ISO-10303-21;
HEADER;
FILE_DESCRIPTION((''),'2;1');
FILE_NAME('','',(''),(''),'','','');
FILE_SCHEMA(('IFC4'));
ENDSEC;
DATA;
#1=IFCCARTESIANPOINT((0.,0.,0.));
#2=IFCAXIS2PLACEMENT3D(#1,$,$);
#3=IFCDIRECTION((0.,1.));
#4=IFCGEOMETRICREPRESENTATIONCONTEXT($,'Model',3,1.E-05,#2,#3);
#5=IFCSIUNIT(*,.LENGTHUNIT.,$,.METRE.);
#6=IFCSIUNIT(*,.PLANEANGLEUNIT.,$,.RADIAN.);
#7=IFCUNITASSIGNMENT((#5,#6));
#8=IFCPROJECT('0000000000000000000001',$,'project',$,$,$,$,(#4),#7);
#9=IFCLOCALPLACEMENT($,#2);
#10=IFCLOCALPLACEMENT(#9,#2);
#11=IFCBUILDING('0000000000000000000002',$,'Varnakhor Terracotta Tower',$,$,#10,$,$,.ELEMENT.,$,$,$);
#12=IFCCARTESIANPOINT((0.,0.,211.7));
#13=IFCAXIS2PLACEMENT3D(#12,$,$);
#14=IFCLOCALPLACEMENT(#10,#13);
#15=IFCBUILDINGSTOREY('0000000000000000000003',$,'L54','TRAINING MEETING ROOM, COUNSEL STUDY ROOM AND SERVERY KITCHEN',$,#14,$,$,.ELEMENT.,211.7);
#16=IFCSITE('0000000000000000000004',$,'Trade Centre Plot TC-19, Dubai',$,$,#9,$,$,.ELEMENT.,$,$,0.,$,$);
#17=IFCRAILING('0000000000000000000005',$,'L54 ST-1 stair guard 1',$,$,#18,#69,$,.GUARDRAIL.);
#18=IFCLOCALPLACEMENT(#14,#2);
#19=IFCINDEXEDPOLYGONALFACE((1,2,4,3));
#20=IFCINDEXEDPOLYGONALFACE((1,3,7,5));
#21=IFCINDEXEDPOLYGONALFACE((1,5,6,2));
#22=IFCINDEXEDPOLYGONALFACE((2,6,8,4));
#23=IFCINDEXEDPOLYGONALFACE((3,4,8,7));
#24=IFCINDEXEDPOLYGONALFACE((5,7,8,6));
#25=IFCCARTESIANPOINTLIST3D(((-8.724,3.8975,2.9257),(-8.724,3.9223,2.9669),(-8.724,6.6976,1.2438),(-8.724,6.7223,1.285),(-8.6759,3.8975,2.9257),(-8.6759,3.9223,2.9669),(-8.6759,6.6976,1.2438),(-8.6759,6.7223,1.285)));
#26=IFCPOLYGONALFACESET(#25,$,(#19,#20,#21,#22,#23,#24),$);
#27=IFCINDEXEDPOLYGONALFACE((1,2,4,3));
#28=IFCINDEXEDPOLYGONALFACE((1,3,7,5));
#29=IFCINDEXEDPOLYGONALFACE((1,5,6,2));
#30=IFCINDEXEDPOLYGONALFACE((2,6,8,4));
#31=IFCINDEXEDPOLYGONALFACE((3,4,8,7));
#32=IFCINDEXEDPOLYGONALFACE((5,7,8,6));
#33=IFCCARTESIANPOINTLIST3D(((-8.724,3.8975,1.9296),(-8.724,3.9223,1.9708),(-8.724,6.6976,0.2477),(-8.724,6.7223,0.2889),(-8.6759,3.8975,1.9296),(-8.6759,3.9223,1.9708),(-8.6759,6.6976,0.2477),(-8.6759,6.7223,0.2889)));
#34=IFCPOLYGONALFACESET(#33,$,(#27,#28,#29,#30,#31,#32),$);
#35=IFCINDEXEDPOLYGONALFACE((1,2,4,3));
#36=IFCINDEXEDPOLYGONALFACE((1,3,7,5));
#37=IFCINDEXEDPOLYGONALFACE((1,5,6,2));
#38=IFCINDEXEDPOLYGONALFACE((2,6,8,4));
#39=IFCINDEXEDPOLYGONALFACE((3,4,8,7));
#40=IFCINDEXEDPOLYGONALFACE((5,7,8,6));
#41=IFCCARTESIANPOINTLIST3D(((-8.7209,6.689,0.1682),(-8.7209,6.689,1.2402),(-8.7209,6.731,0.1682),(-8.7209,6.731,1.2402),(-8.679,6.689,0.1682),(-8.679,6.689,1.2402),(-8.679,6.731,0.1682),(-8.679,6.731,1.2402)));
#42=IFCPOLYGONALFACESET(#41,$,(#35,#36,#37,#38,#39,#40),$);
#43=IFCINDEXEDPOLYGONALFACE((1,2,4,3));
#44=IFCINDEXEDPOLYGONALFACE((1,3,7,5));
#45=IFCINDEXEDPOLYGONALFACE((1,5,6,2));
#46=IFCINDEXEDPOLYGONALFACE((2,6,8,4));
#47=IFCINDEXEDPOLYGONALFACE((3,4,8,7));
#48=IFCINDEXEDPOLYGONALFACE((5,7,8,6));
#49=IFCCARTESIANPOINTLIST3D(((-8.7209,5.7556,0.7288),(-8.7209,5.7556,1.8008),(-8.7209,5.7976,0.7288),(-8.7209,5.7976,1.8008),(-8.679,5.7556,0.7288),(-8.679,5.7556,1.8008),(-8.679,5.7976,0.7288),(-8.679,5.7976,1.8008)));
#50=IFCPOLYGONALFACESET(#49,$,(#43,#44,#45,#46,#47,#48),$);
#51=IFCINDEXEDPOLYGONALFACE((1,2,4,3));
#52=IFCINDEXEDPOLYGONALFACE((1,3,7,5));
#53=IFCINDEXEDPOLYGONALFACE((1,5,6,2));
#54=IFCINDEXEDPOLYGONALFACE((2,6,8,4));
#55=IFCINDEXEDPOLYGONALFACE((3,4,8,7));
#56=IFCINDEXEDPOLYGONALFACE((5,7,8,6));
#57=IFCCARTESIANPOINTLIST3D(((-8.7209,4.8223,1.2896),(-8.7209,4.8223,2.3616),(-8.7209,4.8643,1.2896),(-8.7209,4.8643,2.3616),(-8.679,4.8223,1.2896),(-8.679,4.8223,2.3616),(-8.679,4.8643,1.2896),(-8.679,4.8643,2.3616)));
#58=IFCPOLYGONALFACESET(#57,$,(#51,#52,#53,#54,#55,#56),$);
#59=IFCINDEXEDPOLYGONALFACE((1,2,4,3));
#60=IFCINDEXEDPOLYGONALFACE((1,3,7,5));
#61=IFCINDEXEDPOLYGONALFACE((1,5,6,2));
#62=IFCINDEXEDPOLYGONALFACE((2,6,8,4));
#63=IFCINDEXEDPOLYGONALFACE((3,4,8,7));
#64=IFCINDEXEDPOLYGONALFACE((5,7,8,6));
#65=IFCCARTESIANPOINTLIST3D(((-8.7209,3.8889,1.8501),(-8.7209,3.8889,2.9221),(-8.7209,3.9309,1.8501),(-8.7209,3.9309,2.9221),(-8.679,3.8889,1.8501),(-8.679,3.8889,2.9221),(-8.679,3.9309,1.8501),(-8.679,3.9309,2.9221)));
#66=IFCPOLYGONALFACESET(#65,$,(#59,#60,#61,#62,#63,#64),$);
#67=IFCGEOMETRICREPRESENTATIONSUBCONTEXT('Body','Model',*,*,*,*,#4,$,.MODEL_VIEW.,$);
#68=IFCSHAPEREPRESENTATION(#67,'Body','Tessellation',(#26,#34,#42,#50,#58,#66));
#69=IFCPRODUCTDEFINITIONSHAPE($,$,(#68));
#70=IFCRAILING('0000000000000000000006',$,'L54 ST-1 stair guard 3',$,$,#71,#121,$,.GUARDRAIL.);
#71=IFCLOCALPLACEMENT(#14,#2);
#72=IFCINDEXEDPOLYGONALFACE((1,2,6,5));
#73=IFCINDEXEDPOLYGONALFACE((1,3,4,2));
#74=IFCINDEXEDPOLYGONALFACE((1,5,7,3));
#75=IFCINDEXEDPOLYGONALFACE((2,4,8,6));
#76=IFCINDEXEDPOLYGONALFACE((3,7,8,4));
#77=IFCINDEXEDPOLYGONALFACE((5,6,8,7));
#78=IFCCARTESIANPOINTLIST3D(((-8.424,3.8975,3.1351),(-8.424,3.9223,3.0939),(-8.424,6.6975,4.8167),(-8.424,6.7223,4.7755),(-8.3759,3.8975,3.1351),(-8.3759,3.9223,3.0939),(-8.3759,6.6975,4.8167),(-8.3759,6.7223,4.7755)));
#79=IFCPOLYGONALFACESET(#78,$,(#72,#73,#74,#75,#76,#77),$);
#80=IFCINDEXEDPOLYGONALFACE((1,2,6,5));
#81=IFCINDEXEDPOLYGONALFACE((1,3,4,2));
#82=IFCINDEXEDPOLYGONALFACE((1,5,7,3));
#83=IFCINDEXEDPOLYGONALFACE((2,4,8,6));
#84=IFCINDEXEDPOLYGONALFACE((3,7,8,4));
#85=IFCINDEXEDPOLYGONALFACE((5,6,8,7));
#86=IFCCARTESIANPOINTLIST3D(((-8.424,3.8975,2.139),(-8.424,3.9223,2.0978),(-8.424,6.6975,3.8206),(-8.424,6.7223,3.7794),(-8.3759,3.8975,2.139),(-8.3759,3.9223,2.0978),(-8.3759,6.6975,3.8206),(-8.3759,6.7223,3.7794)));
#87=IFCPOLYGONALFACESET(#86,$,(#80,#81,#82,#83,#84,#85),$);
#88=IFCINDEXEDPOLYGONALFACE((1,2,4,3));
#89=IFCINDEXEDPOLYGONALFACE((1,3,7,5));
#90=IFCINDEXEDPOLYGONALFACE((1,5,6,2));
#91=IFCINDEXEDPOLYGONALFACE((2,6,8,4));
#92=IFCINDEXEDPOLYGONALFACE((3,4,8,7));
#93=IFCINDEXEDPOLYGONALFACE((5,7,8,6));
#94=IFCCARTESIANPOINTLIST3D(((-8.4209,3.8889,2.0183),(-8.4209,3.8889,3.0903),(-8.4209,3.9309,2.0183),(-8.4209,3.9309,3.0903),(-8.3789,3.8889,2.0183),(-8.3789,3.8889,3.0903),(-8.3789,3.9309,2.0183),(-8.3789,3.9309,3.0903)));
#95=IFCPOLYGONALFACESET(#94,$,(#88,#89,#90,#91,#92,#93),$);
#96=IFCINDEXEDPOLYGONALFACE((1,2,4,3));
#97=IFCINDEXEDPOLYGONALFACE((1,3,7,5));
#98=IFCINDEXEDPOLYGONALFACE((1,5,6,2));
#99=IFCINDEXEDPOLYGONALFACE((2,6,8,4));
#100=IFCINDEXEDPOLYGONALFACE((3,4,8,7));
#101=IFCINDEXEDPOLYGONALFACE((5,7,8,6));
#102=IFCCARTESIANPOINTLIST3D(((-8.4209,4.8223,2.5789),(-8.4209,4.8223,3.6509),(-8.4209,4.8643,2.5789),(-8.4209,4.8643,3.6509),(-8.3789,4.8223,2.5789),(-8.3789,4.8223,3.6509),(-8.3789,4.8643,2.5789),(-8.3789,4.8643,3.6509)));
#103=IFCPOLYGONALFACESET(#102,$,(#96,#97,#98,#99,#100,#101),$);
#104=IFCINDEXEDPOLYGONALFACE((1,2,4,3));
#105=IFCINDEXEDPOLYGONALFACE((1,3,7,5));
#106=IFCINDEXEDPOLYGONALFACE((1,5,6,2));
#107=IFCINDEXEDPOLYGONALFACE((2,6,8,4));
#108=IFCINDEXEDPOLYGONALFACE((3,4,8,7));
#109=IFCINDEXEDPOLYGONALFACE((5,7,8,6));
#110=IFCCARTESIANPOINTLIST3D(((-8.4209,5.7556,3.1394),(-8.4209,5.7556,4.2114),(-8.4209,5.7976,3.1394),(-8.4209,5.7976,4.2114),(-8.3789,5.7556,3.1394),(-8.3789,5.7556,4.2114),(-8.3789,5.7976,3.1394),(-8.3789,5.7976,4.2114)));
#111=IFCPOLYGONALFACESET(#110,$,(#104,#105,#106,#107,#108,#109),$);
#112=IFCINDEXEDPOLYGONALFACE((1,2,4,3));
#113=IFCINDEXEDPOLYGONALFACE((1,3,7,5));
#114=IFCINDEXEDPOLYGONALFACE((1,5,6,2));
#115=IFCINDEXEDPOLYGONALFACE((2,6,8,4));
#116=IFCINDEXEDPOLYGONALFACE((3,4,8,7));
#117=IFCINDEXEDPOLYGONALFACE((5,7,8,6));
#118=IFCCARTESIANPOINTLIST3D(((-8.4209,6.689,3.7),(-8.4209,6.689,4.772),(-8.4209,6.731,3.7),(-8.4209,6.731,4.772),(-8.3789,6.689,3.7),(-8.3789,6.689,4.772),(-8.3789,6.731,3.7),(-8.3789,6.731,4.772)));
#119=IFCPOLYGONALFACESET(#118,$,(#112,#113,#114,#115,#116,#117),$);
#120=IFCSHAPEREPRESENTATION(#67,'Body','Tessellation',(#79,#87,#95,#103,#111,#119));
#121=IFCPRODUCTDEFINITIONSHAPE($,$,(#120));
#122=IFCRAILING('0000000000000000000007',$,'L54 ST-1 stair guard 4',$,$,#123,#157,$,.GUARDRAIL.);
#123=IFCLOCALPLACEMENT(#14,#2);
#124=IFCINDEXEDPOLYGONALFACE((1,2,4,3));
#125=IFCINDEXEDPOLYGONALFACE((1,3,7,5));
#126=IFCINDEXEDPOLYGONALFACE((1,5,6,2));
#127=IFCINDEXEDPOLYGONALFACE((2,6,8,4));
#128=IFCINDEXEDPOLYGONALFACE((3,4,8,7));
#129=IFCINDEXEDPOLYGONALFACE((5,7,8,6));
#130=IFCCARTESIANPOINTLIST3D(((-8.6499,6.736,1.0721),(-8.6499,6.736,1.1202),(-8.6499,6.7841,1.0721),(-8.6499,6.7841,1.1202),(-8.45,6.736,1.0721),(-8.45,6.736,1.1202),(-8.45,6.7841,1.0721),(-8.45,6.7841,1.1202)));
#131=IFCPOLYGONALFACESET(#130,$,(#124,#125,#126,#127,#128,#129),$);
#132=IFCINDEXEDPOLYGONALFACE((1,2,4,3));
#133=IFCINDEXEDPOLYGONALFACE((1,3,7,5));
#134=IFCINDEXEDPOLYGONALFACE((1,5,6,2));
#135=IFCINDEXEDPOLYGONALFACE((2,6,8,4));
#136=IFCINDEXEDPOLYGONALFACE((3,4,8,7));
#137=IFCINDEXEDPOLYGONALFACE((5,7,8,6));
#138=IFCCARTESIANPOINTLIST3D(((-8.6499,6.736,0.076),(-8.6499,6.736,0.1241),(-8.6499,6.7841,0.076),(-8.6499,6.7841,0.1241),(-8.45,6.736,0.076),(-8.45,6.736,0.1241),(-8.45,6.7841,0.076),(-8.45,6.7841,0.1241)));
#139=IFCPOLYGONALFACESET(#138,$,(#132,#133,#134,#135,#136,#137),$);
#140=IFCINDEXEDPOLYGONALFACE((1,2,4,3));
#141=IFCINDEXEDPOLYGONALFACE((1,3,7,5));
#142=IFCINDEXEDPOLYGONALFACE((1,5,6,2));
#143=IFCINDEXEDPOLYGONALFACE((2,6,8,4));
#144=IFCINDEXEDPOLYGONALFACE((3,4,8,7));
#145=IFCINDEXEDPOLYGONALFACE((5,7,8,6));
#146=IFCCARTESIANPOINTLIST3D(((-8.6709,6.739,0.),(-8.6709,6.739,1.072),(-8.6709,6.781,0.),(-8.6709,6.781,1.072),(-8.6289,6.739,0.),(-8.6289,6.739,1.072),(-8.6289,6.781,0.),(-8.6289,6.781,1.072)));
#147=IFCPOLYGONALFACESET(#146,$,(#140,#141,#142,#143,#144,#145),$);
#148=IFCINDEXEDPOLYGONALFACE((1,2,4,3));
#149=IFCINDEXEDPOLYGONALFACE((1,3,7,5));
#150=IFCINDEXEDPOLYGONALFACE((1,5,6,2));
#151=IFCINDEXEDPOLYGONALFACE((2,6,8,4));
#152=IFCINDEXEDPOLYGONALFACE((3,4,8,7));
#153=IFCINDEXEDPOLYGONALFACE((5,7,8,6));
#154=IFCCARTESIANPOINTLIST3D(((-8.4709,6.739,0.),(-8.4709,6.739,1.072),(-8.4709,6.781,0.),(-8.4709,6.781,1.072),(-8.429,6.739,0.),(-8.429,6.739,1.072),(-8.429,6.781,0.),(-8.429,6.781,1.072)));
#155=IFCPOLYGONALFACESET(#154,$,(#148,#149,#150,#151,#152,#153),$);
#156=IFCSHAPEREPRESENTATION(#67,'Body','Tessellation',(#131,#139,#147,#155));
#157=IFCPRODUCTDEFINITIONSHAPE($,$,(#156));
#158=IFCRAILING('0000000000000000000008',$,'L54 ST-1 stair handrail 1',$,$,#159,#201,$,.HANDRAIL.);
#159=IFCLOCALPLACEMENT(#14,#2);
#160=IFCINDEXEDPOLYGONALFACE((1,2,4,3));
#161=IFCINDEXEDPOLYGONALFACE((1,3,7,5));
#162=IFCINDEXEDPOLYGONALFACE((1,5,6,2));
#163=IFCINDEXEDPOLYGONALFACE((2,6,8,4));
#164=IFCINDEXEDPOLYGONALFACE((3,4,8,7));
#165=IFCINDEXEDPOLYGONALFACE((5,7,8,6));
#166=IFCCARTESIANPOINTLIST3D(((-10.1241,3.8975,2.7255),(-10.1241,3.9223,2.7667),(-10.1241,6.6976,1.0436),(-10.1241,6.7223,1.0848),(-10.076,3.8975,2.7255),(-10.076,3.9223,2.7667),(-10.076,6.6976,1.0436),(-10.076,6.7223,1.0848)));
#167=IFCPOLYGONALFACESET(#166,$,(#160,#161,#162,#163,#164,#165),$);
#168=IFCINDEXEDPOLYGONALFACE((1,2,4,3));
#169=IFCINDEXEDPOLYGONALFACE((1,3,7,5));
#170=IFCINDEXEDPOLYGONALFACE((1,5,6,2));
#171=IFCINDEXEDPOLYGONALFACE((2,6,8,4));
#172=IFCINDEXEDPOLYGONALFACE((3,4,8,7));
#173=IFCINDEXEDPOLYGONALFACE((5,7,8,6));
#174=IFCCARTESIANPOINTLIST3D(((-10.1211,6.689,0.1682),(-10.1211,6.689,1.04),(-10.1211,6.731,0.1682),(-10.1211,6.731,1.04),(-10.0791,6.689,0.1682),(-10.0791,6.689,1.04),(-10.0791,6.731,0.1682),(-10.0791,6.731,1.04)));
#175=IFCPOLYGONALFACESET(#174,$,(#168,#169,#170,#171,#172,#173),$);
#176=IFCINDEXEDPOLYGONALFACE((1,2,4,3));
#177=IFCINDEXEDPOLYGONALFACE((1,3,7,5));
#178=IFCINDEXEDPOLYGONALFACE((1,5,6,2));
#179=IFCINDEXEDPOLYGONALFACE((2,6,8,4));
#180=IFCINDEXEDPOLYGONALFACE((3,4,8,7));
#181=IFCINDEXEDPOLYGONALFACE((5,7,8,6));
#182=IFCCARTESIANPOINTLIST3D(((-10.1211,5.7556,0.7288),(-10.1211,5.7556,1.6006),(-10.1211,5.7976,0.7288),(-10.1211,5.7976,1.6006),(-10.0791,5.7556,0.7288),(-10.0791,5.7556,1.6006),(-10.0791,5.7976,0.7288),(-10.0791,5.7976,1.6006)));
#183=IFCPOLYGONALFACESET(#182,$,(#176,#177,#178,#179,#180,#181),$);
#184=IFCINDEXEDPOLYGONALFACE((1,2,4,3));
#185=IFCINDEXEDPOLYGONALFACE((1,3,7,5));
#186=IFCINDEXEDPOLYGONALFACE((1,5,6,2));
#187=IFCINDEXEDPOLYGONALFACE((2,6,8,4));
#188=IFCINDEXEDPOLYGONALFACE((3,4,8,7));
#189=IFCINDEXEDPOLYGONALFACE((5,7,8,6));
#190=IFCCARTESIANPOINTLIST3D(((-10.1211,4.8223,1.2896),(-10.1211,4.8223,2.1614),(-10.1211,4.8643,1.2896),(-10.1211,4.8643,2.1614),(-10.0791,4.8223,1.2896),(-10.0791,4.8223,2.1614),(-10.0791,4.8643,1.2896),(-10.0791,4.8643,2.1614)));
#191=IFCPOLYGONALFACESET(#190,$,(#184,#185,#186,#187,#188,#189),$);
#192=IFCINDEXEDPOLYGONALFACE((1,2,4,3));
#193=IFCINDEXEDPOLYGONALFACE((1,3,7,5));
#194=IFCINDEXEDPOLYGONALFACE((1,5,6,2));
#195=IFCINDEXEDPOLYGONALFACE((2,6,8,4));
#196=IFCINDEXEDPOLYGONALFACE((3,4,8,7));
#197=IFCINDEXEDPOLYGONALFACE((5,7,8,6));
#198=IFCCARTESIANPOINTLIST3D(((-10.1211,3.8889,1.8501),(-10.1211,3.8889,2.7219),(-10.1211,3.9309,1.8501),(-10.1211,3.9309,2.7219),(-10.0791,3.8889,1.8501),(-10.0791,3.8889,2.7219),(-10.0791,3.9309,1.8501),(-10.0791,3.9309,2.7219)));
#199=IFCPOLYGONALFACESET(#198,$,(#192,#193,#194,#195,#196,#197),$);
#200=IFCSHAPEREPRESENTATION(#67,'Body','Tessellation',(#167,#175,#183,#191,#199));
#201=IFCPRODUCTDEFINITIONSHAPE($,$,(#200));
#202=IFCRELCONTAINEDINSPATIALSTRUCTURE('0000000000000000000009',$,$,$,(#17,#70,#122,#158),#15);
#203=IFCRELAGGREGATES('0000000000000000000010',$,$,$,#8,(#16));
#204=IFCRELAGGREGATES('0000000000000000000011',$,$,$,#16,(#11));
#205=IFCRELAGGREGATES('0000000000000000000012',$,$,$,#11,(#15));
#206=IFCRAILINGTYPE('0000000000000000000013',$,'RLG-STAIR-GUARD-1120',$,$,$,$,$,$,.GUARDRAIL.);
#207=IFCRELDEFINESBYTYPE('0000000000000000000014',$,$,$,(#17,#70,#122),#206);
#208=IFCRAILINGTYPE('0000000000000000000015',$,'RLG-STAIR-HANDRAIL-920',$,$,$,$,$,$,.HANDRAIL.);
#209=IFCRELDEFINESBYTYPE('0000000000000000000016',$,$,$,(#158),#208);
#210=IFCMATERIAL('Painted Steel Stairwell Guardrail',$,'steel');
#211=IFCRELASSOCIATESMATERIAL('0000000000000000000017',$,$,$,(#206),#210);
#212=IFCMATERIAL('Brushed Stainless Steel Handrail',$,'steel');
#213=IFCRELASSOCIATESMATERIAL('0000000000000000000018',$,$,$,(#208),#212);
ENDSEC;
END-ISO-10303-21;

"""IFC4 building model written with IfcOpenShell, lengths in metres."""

from ifc_helpers import new_model, si_unit, direction, frame, origin, origin_2d, place, context, subcontext, project, spatial, rectangle, extrude, material, type_object, element, save


model = new_model("IFC4")

# Units and contexts
model_context = context("Model", 3, precision=1e-05, world=origin(), true_north=direction((0.0, 1.0)))
body_context = subcontext(model_context, "Body", "Model", "MODEL_VIEW")
ifc_project = project(units=[si_unit("LENGTHUNIT", "METRE"), si_unit("PLANEANGLEUNIT", "RADIAN")], contexts=[model_context])

# Site, building, storey
site_placement = place(None, origin())
site = spatial("IfcSite", under=ifc_project, at=site_placement, Name="Trade Centre Plot TC-19, Dubai", CompositionType="ELEMENT", RefElevation=0.0)
building_placement = place(site_placement, origin())
building = spatial("IfcBuilding", under=site, at=building_placement, Name="Varnakhor Terracotta Tower", CompositionType="ELEMENT")
storey_placement = place(building_placement, frame((0.0, 0.0, 211.7)))
storey = spatial("IfcBuildingStorey", under=building, at=storey_placement, Name="L54", Description="TRAINING MEETING ROOM, COUNSEL STUDY ROOM AND SERVERY KITCHEN", CompositionType="ELEMENT", Elevation=211.7)

# Railings
ifc_material_1 = material(Name="Painted Steel Stairwell Guardrail", Category="steel")
railing_type_1 = type_object("IfcRailingType", Name="RLG-STAIR-GUARD-1120", PredefinedType="GUARDRAIL", material=ifc_material_1)
railing_1_placement = place(storey_placement, frame((-8.7, 6.71, 0.1682)))
element("IfcRailing", 1, at=railing_1_placement, inside=storey, type_object=railing_type_1, Name="L54 ST-1 stair guard 1", PredefinedType="GUARDRAIL", context=body_context, shape_type="SweptSolid", body=[
    extrude(rectangle(XDim=0.0481, YDim=0.0481, at=origin_2d()), frame((0.0, 0.0, 1.0962), z_axis=(0.0, -0.857242, 0.514913), x_axis=(1.0, 0.0, 0.0)), (0.0, 0.0, 1.0), 3.2664),
    extrude(rectangle(XDim=0.0481, YDim=0.0481, at=origin_2d()), frame((0.0, 0.0, 0.1001), z_axis=(0.0, -0.857242, 0.514913), x_axis=(1.0, 0.0, 0.0)), (0.0, 0.0, 1.0), 3.2664),
    extrude(rectangle(XDim=0.042, YDim=0.042, at=origin_2d()), origin(), (0.0, 0.0, 1.0), 1.072),
    extrude(rectangle(XDim=0.042, YDim=0.042, at=origin_2d()), frame((0.0, -0.9333, 0.5605)), (0.0, 0.0, 1.0), 1.072),
    extrude(rectangle(XDim=0.042, YDim=0.042, at=origin_2d()), frame((0.0, -1.8667, 1.1213)), (0.0, 0.0, 1.0), 1.072),
    extrude(rectangle(XDim=0.042, YDim=0.042, at=origin_2d()), frame((0.0, -2.8, 1.6819)), (0.0, 0.0, 1.0), 1.072),
])
railing_2_placement = place(storey_placement, frame((-8.3999, 3.9099, 2.0183)))
element("IfcRailing", 2, at=railing_2_placement, inside=storey, type_object=railing_type_1, Name="L54 ST-1 stair guard 3", PredefinedType="GUARDRAIL", context=body_context, shape_type="SweptSolid", body=[
    extrude(rectangle(XDim=0.0481, YDim=0.0481, at=origin_2d()), frame((0.0, 0.0, 1.0962), z_axis=(0.0, 0.857275, 0.514858), x_axis=(-1.0, 0.0, 0.0)), (0.0, 0.0, 1.0), 3.2661),
    extrude(rectangle(XDim=0.0481, YDim=0.0481, at=origin_2d()), frame((0.0, 0.0, 0.1001), z_axis=(0.0, 0.857275, 0.514858), x_axis=(-1.0, 0.0, 0.0)), (0.0, 0.0, 1.0), 3.2661),
    extrude(rectangle(XDim=0.042, YDim=0.042, at=origin_2d()), origin(), (0.0, 0.0, 1.0), 1.072),
    extrude(rectangle(XDim=0.042, YDim=0.042, at=origin_2d()), frame((0.0, 0.9333, 0.5605)), (0.0, 0.0, 1.0), 1.072),
    extrude(rectangle(XDim=0.042, YDim=0.042, at=origin_2d()), frame((0.0, 1.8667, 1.1211)), (0.0, 0.0, 1.0), 1.072),
    extrude(rectangle(XDim=0.042, YDim=0.042, at=origin_2d()), frame((0.0, 2.8, 1.6816)), (0.0, 0.0, 1.0), 1.072),
])
railing_3_placement = place(storey_placement, frame((-8.6499, 6.76, 0.0)))
element("IfcRailing", 3, at=railing_3_placement, inside=storey, type_object=railing_type_1, Name="L54 ST-1 stair guard 4", PredefinedType="GUARDRAIL", context=body_context, shape_type="SweptSolid", body=[
    extrude(rectangle(XDim=0.0481, YDim=0.0481, at=origin_2d()), frame((0.0, 0.0, 1.0962), z_axis=(1.0, 0.0, 0.0), x_axis=(0.0, 1.0, 0.0)), (0.0, 0.0, 1.0), 0.2),
    extrude(rectangle(XDim=0.0481, YDim=0.0481, at=origin_2d()), frame((0.0, 0.0, 0.1001), z_axis=(1.0, 0.0, 0.0), x_axis=(0.0, 1.0, 0.0)), (0.0, 0.0, 1.0), 0.2),
    extrude(rectangle(XDim=0.042, YDim=0.042, at=origin_2d()), origin(), (0.0, 0.0, 1.0), 1.072),
    extrude(rectangle(XDim=0.042, YDim=0.042, at=origin_2d()), frame((0.2, 0.0, 0.0)), (0.0, 0.0, 1.0), 1.072),
])
ifc_material_2 = material(Name="Brushed Stainless Steel Handrail", Category="steel")
railing_type_2 = type_object("IfcRailingType", Name="RLG-STAIR-HANDRAIL-920", PredefinedType="HANDRAIL", material=ifc_material_2)
railing_4_placement = place(storey_placement, frame((-10.1001, 6.71, 0.1682)))
element("IfcRailing", 4, at=railing_4_placement, inside=storey, type_object=railing_type_2, Name="L54 ST-1 stair handrail 1", PredefinedType="HANDRAIL", context=body_context, shape_type="SweptSolid", body=[
    extrude(rectangle(XDim=0.0481, YDim=0.0481, at=origin_2d()), frame((0.0, 0.0, 0.896), z_axis=(0.0, -0.857242, 0.514913), x_axis=(1.0, 0.0, 0.0)), (0.0, 0.0, 1.0), 3.2664),
    extrude(rectangle(XDim=0.042, YDim=0.042, at=origin_2d()), origin(), (0.0, 0.0, 1.0), 0.8718),
    extrude(rectangle(XDim=0.042, YDim=0.042, at=origin_2d()), frame((0.0, -0.9333, 0.5605)), (0.0, 0.0, 1.0), 0.8718),
    extrude(rectangle(XDim=0.042, YDim=0.042, at=origin_2d()), frame((0.0, -1.8667, 1.1213)), (0.0, 0.0, 1.0), 0.8718),
    extrude(rectangle(XDim=0.042, YDim=0.042, at=origin_2d()), frame((0.0, -2.8, 1.6819)), (0.0, 0.0, 1.0), 0.8718),
])

save(model, "model.ifc")
